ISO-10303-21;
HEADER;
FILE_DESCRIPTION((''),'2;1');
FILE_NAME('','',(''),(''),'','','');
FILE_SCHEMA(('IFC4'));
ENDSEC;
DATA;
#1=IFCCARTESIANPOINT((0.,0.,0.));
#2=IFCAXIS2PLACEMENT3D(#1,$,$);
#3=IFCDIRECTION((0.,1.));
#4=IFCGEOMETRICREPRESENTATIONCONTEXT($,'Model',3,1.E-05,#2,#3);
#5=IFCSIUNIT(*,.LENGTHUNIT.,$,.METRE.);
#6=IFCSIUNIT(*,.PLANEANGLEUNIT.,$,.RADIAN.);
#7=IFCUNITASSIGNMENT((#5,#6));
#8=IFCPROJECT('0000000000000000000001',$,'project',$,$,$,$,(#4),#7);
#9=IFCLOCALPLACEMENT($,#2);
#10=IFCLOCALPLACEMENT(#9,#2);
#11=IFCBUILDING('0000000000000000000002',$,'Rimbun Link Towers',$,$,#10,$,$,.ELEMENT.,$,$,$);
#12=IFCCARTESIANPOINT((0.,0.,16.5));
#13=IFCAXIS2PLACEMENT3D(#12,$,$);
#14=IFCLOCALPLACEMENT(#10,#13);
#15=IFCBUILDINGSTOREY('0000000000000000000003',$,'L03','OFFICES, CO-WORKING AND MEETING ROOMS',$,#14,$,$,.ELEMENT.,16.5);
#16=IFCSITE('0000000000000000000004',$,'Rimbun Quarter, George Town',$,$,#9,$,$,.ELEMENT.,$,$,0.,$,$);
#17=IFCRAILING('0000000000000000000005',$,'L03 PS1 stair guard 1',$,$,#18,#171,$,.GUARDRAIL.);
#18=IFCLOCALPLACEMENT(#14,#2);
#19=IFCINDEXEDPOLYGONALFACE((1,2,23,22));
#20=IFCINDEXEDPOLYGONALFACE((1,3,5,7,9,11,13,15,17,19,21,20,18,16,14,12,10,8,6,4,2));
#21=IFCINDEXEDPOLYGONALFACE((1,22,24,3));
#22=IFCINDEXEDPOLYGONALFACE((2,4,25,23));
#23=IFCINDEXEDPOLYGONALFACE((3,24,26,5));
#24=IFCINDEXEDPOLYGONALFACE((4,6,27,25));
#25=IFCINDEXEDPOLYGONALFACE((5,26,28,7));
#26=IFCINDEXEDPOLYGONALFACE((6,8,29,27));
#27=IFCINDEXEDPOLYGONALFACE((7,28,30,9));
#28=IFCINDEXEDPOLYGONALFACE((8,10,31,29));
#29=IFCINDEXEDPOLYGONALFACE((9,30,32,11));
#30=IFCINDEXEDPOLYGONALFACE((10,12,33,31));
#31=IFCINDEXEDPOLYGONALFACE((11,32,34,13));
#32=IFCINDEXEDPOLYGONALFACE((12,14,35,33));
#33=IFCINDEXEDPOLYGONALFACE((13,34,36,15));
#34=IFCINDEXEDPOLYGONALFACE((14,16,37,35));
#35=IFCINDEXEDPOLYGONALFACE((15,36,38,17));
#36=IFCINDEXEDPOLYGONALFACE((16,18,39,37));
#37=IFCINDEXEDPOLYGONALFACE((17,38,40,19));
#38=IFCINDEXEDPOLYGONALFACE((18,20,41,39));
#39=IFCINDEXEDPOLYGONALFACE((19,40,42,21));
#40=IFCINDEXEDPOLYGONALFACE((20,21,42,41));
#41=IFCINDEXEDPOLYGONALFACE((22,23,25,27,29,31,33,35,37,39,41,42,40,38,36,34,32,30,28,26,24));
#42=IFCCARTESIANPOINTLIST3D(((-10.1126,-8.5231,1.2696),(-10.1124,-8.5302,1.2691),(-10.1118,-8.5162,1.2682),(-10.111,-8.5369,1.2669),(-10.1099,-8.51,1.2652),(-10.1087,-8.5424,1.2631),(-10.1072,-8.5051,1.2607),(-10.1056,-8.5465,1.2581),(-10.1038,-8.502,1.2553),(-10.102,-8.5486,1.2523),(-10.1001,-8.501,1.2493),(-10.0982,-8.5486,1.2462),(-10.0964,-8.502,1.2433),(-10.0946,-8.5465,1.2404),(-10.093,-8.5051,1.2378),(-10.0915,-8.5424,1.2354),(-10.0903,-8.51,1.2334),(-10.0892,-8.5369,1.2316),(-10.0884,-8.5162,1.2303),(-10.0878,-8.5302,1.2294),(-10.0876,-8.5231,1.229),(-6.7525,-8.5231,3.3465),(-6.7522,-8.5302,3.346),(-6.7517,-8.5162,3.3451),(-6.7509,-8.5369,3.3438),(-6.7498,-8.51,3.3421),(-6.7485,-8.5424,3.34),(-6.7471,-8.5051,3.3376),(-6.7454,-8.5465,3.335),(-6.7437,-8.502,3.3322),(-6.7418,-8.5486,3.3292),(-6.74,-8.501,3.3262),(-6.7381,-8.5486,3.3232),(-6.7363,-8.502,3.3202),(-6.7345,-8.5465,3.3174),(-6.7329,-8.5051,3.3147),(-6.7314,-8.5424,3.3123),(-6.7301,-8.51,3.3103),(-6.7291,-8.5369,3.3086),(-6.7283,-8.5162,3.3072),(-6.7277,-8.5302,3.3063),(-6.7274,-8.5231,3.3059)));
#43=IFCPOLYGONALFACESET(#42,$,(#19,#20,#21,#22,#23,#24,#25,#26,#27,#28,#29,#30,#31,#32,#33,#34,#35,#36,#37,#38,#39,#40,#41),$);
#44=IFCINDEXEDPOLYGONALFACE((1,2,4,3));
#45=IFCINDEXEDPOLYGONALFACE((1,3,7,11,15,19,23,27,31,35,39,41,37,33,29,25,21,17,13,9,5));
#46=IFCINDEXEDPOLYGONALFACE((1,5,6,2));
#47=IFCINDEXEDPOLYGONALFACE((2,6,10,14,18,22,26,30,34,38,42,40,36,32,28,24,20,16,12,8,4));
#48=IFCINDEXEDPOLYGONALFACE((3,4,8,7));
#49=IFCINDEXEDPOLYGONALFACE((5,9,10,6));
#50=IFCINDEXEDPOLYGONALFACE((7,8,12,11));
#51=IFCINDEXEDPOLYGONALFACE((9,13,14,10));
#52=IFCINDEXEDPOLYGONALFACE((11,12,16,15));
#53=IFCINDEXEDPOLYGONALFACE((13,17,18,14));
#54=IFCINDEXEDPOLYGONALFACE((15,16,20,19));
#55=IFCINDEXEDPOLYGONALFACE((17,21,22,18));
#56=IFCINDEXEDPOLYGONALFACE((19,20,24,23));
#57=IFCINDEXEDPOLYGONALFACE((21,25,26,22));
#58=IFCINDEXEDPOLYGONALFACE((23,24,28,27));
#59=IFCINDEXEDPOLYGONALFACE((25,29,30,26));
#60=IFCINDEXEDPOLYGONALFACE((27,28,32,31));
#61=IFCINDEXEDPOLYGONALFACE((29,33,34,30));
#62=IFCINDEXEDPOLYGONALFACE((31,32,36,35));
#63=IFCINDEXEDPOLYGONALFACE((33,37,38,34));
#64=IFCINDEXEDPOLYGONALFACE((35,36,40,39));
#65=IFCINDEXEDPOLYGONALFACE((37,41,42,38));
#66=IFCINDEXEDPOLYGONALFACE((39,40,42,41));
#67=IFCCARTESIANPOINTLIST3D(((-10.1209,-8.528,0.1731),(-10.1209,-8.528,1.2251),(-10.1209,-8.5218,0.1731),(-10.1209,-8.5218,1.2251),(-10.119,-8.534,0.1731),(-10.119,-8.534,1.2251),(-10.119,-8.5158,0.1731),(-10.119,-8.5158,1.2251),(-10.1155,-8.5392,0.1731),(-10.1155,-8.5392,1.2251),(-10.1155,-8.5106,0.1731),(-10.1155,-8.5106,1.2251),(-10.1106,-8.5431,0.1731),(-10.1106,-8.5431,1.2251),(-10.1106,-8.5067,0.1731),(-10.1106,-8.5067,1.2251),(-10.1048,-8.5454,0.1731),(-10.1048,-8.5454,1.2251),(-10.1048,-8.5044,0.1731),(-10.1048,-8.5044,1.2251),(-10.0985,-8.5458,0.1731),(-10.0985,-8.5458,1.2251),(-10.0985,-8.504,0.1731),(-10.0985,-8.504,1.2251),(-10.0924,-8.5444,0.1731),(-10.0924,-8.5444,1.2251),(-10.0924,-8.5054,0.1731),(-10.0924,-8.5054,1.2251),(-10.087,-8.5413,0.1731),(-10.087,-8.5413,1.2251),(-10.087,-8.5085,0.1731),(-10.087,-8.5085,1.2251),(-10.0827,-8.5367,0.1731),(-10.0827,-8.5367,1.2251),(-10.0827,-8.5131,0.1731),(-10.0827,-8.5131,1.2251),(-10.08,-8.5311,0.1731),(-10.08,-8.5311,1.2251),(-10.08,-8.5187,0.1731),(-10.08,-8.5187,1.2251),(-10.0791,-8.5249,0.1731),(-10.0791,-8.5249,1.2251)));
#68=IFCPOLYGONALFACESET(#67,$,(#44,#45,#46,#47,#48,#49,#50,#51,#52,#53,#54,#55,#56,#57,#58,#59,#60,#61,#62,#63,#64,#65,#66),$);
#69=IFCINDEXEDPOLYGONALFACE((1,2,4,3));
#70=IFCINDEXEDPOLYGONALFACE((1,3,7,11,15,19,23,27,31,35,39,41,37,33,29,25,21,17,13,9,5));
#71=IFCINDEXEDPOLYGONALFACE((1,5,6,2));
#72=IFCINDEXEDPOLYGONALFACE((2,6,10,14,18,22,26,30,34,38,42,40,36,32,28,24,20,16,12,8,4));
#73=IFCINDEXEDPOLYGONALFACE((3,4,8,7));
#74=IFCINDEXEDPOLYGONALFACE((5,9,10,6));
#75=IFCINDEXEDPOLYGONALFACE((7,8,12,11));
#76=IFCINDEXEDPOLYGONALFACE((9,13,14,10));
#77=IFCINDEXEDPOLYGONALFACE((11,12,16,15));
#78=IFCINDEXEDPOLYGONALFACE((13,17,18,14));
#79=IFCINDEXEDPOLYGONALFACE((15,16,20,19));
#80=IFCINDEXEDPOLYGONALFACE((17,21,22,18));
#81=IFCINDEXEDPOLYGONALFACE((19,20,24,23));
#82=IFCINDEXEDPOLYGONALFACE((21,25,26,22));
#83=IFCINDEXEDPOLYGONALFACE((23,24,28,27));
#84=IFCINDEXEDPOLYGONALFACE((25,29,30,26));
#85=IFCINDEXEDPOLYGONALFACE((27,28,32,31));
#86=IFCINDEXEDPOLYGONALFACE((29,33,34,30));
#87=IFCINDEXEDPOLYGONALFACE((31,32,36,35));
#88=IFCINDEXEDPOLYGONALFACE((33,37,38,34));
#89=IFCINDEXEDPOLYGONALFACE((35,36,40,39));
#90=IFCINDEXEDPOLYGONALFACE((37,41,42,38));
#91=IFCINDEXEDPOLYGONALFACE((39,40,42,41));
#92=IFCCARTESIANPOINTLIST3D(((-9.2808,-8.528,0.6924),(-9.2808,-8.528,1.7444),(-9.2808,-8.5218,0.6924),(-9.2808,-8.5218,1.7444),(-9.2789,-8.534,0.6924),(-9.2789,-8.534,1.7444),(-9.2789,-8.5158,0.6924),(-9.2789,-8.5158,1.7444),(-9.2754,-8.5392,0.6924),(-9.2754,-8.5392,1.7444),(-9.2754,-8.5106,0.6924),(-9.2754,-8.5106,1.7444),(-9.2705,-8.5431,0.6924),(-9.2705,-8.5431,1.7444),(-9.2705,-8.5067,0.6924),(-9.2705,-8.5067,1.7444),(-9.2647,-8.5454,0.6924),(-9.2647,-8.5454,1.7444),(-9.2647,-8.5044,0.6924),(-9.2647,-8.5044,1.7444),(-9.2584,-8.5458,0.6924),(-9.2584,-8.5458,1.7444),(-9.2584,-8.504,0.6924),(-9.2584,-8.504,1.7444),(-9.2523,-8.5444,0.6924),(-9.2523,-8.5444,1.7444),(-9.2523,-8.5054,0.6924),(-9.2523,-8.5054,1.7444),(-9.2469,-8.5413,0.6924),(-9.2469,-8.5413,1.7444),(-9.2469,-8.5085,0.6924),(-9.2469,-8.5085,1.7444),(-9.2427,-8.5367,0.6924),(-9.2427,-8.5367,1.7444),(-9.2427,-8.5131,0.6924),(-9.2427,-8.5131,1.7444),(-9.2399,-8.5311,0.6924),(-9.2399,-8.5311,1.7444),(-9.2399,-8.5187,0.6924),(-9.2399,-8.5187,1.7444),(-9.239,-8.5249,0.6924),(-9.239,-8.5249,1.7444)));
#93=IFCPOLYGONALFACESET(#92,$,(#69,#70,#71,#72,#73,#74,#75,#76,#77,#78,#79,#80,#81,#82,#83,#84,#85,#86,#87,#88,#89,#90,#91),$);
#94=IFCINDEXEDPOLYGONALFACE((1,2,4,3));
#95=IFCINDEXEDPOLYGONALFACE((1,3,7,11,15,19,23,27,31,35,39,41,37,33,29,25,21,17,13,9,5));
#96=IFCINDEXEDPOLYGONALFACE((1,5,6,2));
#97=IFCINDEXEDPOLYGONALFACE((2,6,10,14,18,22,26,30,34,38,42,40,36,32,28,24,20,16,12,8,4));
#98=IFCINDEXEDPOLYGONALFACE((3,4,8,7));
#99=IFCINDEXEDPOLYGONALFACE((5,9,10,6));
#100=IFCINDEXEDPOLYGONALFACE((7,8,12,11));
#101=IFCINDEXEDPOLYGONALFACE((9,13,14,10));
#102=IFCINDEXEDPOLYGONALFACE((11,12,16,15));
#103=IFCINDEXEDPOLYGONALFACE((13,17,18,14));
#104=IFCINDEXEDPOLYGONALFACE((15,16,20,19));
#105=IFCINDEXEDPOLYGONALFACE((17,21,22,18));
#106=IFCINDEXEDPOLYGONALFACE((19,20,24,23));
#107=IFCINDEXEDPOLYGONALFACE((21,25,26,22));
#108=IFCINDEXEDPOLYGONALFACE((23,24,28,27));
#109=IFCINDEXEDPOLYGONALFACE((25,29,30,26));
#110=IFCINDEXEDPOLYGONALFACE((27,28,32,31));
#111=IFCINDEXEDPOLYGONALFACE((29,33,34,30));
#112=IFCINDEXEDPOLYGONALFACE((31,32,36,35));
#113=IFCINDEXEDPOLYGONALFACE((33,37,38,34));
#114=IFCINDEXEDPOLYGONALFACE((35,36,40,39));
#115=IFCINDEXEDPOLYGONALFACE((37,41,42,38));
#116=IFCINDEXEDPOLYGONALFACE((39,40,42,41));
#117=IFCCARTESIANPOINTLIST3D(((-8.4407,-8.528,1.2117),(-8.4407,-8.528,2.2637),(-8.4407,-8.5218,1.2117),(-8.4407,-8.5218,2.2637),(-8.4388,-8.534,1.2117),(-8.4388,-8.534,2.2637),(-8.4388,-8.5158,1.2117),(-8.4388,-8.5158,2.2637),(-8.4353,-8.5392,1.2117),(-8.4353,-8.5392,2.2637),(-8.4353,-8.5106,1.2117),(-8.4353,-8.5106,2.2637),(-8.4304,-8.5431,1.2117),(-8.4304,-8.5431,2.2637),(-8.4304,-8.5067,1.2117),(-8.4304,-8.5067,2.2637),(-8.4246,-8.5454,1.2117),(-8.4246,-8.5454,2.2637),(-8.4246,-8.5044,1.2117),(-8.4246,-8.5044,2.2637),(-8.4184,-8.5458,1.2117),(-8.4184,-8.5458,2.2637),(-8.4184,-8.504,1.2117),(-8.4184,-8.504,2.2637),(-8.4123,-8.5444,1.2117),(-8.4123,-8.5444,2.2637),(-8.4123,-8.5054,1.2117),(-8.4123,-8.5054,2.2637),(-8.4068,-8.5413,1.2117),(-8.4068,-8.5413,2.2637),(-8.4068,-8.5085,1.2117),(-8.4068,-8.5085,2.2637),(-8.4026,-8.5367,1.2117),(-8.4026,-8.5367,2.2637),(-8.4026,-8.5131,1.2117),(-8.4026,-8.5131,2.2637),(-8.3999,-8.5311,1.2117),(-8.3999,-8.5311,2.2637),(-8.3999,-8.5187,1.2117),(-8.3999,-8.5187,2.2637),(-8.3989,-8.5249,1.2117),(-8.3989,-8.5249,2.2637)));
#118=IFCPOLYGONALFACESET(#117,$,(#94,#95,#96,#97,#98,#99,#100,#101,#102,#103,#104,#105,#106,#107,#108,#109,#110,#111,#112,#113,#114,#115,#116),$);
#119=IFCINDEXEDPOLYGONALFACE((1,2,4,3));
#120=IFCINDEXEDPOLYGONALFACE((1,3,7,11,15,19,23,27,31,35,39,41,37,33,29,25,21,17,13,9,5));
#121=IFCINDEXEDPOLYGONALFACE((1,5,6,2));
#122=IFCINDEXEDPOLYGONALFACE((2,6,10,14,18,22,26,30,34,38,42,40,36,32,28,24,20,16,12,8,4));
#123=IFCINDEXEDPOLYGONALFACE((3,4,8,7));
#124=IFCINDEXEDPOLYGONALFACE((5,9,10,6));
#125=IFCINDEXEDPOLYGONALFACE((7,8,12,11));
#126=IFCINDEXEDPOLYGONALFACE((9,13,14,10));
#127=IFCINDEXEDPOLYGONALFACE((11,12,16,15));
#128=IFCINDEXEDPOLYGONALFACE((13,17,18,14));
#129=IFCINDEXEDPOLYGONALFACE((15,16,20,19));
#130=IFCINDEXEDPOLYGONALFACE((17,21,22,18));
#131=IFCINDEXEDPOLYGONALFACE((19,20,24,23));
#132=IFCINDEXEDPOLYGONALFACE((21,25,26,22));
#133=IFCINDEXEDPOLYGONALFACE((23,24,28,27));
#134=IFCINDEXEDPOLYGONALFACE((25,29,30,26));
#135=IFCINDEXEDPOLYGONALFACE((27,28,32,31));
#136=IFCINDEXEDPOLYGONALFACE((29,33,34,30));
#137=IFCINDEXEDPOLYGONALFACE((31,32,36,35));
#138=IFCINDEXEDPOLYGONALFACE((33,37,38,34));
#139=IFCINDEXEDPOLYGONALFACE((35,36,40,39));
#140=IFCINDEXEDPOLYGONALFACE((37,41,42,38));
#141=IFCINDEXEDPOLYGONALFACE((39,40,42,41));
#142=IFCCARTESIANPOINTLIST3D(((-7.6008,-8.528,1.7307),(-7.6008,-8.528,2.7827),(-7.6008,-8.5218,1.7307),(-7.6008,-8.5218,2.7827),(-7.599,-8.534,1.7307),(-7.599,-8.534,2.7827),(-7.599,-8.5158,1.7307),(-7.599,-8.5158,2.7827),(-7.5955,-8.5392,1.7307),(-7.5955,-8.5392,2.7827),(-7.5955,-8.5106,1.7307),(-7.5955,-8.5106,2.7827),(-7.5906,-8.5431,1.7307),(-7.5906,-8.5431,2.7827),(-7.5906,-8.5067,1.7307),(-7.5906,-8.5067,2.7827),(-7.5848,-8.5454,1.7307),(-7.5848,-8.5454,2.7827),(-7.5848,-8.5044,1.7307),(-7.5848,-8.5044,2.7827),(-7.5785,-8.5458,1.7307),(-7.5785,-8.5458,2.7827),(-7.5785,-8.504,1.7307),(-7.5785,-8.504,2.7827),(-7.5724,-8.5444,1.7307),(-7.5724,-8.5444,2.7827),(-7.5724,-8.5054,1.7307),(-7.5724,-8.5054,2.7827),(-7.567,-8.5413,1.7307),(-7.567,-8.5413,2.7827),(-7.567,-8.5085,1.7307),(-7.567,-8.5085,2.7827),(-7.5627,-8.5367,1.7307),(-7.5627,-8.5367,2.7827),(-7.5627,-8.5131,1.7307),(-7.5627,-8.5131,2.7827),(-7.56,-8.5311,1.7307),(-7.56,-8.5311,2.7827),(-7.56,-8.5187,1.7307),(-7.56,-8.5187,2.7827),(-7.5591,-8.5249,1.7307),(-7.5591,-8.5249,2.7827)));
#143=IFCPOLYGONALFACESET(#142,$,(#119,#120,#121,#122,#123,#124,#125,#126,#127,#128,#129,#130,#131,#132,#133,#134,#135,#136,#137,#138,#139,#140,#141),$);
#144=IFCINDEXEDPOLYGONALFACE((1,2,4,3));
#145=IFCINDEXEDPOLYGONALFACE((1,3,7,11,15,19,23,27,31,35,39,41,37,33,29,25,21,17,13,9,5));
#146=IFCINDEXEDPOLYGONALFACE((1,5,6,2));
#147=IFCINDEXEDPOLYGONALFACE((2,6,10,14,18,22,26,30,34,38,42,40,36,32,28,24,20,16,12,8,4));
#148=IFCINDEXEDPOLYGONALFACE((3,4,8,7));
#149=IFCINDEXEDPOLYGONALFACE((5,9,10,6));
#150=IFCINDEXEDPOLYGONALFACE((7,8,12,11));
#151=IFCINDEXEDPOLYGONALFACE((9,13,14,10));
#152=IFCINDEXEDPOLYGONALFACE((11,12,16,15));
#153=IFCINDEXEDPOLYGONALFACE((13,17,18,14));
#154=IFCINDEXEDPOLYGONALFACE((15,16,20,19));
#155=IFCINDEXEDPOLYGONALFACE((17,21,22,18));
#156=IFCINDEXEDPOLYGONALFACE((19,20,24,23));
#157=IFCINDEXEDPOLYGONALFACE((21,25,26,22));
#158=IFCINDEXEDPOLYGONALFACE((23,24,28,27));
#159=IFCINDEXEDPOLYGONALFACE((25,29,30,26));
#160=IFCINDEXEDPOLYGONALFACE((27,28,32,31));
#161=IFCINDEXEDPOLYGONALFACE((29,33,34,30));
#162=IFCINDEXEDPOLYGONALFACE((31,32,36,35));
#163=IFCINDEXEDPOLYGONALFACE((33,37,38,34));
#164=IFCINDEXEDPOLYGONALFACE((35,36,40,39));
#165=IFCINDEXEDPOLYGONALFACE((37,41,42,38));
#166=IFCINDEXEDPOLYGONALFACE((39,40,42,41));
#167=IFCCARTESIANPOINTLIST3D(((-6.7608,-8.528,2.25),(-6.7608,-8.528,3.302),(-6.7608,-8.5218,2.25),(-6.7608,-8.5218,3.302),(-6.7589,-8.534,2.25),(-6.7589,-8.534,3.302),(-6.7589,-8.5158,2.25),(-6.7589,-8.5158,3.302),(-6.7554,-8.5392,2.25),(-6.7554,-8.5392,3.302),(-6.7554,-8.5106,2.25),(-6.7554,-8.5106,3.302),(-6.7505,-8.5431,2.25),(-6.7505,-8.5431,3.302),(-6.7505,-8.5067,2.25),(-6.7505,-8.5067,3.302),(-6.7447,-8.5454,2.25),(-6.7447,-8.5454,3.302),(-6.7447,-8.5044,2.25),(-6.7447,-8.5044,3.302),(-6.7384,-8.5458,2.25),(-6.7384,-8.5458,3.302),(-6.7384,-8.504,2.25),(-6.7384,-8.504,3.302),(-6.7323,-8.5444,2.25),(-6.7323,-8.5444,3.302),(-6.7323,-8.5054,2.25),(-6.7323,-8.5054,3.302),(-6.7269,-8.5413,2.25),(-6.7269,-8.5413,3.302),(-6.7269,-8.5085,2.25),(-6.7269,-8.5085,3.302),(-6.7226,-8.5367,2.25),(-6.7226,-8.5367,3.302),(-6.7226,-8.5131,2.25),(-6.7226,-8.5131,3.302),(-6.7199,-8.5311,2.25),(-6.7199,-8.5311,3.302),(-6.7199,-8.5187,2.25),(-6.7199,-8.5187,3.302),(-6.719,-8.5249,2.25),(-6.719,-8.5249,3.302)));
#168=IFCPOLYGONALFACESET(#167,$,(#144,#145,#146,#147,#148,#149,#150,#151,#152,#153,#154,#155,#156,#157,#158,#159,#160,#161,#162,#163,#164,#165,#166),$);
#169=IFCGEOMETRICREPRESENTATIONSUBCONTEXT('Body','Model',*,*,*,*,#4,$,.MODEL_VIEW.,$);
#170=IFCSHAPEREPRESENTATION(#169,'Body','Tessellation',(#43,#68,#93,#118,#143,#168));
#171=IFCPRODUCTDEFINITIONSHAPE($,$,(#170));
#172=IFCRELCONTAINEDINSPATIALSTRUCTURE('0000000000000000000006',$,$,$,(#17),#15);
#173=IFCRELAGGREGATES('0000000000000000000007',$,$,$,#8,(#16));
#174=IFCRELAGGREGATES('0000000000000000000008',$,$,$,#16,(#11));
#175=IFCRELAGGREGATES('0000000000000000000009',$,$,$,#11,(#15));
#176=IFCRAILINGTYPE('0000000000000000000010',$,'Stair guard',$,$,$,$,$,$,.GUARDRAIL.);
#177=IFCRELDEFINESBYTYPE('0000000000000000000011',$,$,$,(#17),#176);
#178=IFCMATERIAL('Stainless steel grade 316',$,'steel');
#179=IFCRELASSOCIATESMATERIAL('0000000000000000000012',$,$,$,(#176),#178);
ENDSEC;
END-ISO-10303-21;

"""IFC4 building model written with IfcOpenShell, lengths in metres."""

from ifc_helpers import new_model, si_unit, direction, frame, origin, origin_2d, place, context, subcontext, project, spatial, circle, extrude, material, type_object, element, save


model = new_model("IFC4")

# Units and contexts
model_context = context("Model", 3, precision=1e-05, world=origin(), true_north=direction((0.0, 1.0)))
body_context = subcontext(model_context, "Body", "Model", "MODEL_VIEW")
ifc_project = project(units=[si_unit("LENGTHUNIT", "METRE"), si_unit("PLANEANGLEUNIT", "RADIAN")], contexts=[model_context])

# Site, building, storey
site_placement = place(None, origin())
site = spatial("IfcSite", under=ifc_project, at=site_placement, Name="Rimbun Quarter, George Town", CompositionType="ELEMENT", RefElevation=0.0)
building_placement = place(site_placement, origin())
building = spatial("IfcBuilding", under=site, at=building_placement, Name="Rimbun Link Towers", CompositionType="ELEMENT")
storey_placement = place(building_placement, frame((0.0, 0.0, 16.5)))
storey = spatial("IfcBuildingStorey", under=building, at=storey_placement, Name="L03", Description="OFFICES, CO-WORKING AND MEETING ROOMS", CompositionType="ELEMENT", Elevation=16.5)

# Railing
ifc_material_1 = material(Name="Stainless steel grade 316", Category="steel")
railing_type_1 = type_object("IfcRailingType", Name="Stair guard", PredefinedType="GUARDRAIL", material=ifc_material_1)
railing_1_placement = place(storey_placement, frame((-10.1001, -8.5249, 0.1731)))
element("IfcRailing", 1, at=railing_1_placement, inside=storey, type_object=railing_type_1, Name="L03 PS1 stair guard 1", PredefinedType="GUARDRAIL", context=body_context, shape_type="SweptSolid", body=[
    extrude(circle(Radius=0.0239, at=origin_2d()), frame((0.0, 0.0, 1.0762), z_axis=(0.850623, 0.0, 0.525776), x_axis=(0.0, 1.0, 0.0)), (0.0, 0.0, 1.0), 3.9502),
    extrude(circle(Radius=0.021, at=origin_2d()), origin(), (0.0, 0.0, 1.0), 1.052),
    extrude(circle(Radius=0.021, at=origin_2d()), frame((0.8401, 0.0, 0.5193)), (0.0, 0.0, 1.0), 1.052),
    extrude(circle(Radius=0.021, at=origin_2d()), frame((1.6802, 0.0, 1.0386)), (0.0, 0.0, 1.0), 1.052),
    extrude(circle(Radius=0.021, at=origin_2d()), frame((2.52, 0.0, 1.5576)), (0.0, 0.0, 1.0), 1.052),
    extrude(circle(Radius=0.021, at=origin_2d()), frame((3.3601, 0.0, 2.0769)), (0.0, 0.0, 1.0), 1.052),
])

save(model, "model.ifc")
